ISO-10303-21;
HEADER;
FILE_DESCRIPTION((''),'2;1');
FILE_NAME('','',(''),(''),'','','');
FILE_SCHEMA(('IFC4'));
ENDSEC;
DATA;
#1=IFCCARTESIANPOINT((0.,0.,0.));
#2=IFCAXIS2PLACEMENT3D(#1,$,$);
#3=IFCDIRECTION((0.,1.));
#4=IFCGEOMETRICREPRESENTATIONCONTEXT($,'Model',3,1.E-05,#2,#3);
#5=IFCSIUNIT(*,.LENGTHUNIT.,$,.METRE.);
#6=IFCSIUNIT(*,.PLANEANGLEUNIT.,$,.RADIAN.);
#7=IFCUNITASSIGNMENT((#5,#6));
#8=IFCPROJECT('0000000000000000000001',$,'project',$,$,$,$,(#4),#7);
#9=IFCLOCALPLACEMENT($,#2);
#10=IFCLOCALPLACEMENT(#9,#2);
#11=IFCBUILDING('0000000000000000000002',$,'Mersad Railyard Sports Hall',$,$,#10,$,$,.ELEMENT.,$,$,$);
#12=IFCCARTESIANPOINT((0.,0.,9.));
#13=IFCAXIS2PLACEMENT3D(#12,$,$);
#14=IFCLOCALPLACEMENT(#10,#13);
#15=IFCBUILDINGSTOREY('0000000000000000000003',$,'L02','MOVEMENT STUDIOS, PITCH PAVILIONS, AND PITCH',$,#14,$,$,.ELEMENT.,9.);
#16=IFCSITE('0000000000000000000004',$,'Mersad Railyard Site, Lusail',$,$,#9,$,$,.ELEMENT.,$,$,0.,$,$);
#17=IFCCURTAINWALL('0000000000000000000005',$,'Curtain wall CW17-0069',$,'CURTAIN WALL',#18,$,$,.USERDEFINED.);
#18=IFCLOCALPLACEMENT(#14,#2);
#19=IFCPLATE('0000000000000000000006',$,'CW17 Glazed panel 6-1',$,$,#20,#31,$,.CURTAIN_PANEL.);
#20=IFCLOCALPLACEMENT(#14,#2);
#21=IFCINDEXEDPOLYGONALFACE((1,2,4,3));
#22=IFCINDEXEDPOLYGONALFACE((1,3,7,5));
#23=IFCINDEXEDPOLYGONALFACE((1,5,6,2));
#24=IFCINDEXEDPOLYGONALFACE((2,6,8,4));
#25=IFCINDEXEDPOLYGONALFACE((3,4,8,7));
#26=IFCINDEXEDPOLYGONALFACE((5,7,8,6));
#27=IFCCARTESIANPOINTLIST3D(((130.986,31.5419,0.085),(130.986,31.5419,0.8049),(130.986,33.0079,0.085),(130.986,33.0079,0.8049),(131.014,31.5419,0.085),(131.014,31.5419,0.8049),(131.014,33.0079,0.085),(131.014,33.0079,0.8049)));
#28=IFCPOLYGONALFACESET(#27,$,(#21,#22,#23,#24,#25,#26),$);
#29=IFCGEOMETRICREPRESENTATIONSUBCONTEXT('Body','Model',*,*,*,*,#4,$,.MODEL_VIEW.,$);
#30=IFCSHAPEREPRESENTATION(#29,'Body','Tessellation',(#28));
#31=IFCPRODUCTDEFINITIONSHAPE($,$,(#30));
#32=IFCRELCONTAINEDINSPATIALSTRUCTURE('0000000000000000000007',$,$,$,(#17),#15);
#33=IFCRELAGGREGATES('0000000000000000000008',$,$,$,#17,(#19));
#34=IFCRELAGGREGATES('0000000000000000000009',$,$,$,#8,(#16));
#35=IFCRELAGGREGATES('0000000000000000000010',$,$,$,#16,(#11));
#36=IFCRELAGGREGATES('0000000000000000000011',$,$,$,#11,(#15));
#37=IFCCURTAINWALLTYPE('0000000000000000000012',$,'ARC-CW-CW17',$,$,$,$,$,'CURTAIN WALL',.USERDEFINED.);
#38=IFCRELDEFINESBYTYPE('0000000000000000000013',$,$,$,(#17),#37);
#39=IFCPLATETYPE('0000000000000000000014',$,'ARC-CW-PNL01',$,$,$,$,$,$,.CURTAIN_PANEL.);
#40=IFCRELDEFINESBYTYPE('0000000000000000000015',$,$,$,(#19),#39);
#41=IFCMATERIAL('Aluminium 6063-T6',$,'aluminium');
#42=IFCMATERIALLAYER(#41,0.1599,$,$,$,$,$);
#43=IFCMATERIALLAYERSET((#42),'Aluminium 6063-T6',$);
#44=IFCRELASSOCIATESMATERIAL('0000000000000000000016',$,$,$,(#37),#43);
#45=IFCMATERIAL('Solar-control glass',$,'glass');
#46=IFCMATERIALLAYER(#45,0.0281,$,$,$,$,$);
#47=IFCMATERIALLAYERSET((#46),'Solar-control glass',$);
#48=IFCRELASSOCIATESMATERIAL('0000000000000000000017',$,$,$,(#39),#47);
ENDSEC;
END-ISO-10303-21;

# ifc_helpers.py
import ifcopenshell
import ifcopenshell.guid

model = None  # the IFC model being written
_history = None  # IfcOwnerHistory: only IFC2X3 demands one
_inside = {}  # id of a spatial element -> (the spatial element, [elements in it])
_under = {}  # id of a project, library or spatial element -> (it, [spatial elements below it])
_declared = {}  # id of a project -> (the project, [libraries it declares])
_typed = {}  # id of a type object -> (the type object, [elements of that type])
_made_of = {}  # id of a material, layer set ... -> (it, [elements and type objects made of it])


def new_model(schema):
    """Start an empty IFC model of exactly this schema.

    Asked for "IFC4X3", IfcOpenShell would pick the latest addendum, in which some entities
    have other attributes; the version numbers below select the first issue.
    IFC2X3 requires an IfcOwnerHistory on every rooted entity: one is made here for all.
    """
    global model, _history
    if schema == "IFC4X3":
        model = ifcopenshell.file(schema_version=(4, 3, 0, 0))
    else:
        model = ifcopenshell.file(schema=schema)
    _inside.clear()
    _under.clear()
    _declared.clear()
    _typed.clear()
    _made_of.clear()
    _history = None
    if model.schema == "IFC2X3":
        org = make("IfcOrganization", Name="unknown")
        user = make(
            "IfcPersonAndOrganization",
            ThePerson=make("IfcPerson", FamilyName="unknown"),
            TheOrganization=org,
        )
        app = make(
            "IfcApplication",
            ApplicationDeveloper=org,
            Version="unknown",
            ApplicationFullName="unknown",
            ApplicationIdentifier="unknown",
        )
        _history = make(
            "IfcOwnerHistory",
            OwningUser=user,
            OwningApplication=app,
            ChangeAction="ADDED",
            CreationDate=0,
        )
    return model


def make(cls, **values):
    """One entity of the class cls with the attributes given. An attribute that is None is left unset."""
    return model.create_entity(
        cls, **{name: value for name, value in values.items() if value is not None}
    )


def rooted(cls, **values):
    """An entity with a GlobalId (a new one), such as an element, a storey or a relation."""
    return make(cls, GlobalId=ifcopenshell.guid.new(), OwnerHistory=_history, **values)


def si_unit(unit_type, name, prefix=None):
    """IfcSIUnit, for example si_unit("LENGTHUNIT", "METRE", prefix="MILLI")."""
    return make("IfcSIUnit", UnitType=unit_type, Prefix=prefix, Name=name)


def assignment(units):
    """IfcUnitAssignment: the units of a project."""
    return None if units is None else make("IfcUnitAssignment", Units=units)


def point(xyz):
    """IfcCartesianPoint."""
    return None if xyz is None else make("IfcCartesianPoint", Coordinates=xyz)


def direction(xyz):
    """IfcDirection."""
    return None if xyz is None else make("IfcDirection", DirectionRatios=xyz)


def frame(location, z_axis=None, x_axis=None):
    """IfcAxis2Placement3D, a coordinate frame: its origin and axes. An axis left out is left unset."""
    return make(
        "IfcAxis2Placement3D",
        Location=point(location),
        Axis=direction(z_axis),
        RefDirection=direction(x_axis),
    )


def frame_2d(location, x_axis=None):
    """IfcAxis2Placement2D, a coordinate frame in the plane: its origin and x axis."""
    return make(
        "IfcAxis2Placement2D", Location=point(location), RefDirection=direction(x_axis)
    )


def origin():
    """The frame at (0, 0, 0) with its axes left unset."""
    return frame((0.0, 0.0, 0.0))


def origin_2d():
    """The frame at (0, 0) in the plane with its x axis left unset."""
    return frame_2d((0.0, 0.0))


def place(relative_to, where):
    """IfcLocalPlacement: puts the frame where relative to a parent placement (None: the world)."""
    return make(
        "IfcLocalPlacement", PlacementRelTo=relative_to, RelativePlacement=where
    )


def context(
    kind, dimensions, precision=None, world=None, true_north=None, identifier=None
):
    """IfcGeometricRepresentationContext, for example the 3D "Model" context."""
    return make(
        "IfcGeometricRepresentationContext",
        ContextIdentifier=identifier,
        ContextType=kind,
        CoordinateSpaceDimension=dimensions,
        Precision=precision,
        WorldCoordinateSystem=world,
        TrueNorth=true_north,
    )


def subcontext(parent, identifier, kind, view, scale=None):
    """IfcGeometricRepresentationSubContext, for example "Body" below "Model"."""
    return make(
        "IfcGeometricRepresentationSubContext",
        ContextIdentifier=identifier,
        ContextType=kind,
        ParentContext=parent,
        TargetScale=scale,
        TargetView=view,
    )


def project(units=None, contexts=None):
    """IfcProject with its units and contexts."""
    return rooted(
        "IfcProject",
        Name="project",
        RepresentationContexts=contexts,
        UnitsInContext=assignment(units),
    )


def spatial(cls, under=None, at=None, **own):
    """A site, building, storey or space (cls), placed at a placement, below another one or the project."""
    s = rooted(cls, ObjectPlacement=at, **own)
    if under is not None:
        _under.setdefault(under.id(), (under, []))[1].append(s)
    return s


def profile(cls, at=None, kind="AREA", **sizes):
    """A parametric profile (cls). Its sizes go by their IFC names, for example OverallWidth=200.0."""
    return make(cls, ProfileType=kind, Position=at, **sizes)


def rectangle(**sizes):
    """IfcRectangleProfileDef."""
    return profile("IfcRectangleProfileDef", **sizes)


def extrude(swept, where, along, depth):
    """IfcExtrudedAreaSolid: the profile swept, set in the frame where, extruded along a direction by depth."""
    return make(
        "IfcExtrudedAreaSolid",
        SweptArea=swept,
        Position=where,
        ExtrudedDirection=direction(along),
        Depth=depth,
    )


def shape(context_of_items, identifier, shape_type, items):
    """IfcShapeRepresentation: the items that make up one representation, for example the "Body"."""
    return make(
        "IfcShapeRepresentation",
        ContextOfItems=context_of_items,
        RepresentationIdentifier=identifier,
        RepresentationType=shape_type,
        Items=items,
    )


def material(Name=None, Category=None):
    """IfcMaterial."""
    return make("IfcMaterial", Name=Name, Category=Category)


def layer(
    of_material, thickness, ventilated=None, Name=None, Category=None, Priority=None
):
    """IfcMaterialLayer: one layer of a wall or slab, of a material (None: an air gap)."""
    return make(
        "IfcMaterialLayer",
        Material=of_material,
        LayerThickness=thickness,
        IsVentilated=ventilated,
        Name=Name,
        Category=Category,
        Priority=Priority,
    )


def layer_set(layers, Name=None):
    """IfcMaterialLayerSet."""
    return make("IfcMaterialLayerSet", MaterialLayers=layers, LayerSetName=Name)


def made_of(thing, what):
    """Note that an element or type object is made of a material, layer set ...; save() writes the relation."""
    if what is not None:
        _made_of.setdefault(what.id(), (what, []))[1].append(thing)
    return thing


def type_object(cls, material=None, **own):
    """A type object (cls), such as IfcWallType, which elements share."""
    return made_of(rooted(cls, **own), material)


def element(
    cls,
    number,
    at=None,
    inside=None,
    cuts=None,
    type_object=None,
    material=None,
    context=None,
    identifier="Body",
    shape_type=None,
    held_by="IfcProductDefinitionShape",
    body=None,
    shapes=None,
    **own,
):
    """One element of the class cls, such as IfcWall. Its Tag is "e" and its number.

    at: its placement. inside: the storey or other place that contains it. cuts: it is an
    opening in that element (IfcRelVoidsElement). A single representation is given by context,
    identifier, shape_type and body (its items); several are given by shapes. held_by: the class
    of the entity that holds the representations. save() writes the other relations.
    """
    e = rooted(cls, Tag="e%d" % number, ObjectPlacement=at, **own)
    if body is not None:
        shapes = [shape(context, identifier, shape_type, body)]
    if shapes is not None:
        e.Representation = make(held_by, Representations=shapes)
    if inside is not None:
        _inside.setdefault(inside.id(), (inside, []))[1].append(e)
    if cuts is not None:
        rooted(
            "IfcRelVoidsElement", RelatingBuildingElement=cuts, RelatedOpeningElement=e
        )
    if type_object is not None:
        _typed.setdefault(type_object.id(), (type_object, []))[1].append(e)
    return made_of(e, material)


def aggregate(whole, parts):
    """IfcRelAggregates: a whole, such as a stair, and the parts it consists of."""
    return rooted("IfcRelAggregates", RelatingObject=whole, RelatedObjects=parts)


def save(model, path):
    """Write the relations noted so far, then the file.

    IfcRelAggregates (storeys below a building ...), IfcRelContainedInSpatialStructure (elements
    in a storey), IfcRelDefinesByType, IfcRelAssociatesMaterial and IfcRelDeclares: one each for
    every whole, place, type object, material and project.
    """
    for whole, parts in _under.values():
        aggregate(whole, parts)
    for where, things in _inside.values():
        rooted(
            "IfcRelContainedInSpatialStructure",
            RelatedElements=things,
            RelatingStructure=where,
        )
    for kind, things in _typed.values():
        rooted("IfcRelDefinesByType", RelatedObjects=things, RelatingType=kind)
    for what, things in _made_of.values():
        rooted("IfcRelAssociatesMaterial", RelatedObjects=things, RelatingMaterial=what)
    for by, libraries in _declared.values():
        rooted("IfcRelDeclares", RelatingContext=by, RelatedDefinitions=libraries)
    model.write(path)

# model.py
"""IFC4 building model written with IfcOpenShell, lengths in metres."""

from ifc_helpers import new_model, si_unit, direction, frame, origin, origin_2d, place, context, subcontext, project, spatial, rectangle, extrude, material, layer, layer_set, type_object, element, aggregate, save


model = new_model("IFC4")

# Units and contexts
model_context = context("Model", 3, precision=1e-05, world=origin(), true_north=direction((0.0, 1.0)))
body_context = subcontext(model_context, "Body", "Model", "MODEL_VIEW")
ifc_project = project(units=[si_unit("LENGTHUNIT", "METRE"), si_unit("PLANEANGLEUNIT", "RADIAN")], contexts=[model_context])

# Site, building, storey
site_placement = place(None, origin())
site = spatial("IfcSite", under=ifc_project, at=site_placement, Name="Mersad Railyard Site, Lusail", CompositionType="ELEMENT", RefElevation=0.0)
building_placement = place(site_placement, origin())
building = spatial("IfcBuilding", under=site, at=building_placement, Name="Mersad Railyard Sports Hall", CompositionType="ELEMENT")
storey_placement = place(building_placement, frame((0.0, 0.0, 9.0)))
storey = spatial("IfcBuildingStorey", under=building, at=storey_placement, Name="L02", Description="MOVEMENT STUDIOS, PITCH PAVILIONS, AND PITCH", CompositionType="ELEMENT", Elevation=9.0)

# Curtain wall, plate
ifc_material_1 = material(Name="Aluminium 6063-T6", Category="aluminium")
ifc_layer_1 = layer(ifc_material_1, 0.1599)
ifc_layer_set_1 = layer_set([ifc_layer_1], Name="Aluminium 6063-T6")
curtain_wall_type = type_object("IfcCurtainWallType", Name="ARC-CW-CW17", ElementType="CURTAIN WALL", PredefinedType="USERDEFINED", material=ifc_layer_set_1)
curtain_wall_placement = place(storey_placement, origin())
curtain_wall = element("IfcCurtainWall", 1, at=curtain_wall_placement, inside=storey, type_object=curtain_wall_type, Name="Curtain wall CW17-0069", ObjectType="CURTAIN WALL", PredefinedType="USERDEFINED")
ifc_material_2 = material(Name="Solar-control glass", Category="glass")
ifc_layer_2 = layer(ifc_material_2, 0.0281)
ifc_layer_set_2 = layer_set([ifc_layer_2], Name="Solar-control glass")
plate_type = type_object("IfcPlateType", Name="ARC-CW-PNL01", PredefinedType="CURTAIN_PANEL", material=ifc_layer_set_2)
plate_placement = place(storey_placement, frame((131.0, 32.2749, 0.085), z_axis=(0.0, 0.0, 1.0), x_axis=(0.0, 1.0, 0.0)))
plate = element("IfcPlate", 2, at=plate_placement, type_object=plate_type, Name="CW17 Glazed panel 6-1", PredefinedType="CURTAIN_PANEL", context=body_context, shape_type="SweptSolid", body=[
    extrude(rectangle(XDim=1.4661, YDim=0.0281, at=origin_2d()), origin(), (0.0, 0.0, 1.0), 0.72),
])
aggregate(curtain_wall, [plate])

save(model, "model.ifc")
